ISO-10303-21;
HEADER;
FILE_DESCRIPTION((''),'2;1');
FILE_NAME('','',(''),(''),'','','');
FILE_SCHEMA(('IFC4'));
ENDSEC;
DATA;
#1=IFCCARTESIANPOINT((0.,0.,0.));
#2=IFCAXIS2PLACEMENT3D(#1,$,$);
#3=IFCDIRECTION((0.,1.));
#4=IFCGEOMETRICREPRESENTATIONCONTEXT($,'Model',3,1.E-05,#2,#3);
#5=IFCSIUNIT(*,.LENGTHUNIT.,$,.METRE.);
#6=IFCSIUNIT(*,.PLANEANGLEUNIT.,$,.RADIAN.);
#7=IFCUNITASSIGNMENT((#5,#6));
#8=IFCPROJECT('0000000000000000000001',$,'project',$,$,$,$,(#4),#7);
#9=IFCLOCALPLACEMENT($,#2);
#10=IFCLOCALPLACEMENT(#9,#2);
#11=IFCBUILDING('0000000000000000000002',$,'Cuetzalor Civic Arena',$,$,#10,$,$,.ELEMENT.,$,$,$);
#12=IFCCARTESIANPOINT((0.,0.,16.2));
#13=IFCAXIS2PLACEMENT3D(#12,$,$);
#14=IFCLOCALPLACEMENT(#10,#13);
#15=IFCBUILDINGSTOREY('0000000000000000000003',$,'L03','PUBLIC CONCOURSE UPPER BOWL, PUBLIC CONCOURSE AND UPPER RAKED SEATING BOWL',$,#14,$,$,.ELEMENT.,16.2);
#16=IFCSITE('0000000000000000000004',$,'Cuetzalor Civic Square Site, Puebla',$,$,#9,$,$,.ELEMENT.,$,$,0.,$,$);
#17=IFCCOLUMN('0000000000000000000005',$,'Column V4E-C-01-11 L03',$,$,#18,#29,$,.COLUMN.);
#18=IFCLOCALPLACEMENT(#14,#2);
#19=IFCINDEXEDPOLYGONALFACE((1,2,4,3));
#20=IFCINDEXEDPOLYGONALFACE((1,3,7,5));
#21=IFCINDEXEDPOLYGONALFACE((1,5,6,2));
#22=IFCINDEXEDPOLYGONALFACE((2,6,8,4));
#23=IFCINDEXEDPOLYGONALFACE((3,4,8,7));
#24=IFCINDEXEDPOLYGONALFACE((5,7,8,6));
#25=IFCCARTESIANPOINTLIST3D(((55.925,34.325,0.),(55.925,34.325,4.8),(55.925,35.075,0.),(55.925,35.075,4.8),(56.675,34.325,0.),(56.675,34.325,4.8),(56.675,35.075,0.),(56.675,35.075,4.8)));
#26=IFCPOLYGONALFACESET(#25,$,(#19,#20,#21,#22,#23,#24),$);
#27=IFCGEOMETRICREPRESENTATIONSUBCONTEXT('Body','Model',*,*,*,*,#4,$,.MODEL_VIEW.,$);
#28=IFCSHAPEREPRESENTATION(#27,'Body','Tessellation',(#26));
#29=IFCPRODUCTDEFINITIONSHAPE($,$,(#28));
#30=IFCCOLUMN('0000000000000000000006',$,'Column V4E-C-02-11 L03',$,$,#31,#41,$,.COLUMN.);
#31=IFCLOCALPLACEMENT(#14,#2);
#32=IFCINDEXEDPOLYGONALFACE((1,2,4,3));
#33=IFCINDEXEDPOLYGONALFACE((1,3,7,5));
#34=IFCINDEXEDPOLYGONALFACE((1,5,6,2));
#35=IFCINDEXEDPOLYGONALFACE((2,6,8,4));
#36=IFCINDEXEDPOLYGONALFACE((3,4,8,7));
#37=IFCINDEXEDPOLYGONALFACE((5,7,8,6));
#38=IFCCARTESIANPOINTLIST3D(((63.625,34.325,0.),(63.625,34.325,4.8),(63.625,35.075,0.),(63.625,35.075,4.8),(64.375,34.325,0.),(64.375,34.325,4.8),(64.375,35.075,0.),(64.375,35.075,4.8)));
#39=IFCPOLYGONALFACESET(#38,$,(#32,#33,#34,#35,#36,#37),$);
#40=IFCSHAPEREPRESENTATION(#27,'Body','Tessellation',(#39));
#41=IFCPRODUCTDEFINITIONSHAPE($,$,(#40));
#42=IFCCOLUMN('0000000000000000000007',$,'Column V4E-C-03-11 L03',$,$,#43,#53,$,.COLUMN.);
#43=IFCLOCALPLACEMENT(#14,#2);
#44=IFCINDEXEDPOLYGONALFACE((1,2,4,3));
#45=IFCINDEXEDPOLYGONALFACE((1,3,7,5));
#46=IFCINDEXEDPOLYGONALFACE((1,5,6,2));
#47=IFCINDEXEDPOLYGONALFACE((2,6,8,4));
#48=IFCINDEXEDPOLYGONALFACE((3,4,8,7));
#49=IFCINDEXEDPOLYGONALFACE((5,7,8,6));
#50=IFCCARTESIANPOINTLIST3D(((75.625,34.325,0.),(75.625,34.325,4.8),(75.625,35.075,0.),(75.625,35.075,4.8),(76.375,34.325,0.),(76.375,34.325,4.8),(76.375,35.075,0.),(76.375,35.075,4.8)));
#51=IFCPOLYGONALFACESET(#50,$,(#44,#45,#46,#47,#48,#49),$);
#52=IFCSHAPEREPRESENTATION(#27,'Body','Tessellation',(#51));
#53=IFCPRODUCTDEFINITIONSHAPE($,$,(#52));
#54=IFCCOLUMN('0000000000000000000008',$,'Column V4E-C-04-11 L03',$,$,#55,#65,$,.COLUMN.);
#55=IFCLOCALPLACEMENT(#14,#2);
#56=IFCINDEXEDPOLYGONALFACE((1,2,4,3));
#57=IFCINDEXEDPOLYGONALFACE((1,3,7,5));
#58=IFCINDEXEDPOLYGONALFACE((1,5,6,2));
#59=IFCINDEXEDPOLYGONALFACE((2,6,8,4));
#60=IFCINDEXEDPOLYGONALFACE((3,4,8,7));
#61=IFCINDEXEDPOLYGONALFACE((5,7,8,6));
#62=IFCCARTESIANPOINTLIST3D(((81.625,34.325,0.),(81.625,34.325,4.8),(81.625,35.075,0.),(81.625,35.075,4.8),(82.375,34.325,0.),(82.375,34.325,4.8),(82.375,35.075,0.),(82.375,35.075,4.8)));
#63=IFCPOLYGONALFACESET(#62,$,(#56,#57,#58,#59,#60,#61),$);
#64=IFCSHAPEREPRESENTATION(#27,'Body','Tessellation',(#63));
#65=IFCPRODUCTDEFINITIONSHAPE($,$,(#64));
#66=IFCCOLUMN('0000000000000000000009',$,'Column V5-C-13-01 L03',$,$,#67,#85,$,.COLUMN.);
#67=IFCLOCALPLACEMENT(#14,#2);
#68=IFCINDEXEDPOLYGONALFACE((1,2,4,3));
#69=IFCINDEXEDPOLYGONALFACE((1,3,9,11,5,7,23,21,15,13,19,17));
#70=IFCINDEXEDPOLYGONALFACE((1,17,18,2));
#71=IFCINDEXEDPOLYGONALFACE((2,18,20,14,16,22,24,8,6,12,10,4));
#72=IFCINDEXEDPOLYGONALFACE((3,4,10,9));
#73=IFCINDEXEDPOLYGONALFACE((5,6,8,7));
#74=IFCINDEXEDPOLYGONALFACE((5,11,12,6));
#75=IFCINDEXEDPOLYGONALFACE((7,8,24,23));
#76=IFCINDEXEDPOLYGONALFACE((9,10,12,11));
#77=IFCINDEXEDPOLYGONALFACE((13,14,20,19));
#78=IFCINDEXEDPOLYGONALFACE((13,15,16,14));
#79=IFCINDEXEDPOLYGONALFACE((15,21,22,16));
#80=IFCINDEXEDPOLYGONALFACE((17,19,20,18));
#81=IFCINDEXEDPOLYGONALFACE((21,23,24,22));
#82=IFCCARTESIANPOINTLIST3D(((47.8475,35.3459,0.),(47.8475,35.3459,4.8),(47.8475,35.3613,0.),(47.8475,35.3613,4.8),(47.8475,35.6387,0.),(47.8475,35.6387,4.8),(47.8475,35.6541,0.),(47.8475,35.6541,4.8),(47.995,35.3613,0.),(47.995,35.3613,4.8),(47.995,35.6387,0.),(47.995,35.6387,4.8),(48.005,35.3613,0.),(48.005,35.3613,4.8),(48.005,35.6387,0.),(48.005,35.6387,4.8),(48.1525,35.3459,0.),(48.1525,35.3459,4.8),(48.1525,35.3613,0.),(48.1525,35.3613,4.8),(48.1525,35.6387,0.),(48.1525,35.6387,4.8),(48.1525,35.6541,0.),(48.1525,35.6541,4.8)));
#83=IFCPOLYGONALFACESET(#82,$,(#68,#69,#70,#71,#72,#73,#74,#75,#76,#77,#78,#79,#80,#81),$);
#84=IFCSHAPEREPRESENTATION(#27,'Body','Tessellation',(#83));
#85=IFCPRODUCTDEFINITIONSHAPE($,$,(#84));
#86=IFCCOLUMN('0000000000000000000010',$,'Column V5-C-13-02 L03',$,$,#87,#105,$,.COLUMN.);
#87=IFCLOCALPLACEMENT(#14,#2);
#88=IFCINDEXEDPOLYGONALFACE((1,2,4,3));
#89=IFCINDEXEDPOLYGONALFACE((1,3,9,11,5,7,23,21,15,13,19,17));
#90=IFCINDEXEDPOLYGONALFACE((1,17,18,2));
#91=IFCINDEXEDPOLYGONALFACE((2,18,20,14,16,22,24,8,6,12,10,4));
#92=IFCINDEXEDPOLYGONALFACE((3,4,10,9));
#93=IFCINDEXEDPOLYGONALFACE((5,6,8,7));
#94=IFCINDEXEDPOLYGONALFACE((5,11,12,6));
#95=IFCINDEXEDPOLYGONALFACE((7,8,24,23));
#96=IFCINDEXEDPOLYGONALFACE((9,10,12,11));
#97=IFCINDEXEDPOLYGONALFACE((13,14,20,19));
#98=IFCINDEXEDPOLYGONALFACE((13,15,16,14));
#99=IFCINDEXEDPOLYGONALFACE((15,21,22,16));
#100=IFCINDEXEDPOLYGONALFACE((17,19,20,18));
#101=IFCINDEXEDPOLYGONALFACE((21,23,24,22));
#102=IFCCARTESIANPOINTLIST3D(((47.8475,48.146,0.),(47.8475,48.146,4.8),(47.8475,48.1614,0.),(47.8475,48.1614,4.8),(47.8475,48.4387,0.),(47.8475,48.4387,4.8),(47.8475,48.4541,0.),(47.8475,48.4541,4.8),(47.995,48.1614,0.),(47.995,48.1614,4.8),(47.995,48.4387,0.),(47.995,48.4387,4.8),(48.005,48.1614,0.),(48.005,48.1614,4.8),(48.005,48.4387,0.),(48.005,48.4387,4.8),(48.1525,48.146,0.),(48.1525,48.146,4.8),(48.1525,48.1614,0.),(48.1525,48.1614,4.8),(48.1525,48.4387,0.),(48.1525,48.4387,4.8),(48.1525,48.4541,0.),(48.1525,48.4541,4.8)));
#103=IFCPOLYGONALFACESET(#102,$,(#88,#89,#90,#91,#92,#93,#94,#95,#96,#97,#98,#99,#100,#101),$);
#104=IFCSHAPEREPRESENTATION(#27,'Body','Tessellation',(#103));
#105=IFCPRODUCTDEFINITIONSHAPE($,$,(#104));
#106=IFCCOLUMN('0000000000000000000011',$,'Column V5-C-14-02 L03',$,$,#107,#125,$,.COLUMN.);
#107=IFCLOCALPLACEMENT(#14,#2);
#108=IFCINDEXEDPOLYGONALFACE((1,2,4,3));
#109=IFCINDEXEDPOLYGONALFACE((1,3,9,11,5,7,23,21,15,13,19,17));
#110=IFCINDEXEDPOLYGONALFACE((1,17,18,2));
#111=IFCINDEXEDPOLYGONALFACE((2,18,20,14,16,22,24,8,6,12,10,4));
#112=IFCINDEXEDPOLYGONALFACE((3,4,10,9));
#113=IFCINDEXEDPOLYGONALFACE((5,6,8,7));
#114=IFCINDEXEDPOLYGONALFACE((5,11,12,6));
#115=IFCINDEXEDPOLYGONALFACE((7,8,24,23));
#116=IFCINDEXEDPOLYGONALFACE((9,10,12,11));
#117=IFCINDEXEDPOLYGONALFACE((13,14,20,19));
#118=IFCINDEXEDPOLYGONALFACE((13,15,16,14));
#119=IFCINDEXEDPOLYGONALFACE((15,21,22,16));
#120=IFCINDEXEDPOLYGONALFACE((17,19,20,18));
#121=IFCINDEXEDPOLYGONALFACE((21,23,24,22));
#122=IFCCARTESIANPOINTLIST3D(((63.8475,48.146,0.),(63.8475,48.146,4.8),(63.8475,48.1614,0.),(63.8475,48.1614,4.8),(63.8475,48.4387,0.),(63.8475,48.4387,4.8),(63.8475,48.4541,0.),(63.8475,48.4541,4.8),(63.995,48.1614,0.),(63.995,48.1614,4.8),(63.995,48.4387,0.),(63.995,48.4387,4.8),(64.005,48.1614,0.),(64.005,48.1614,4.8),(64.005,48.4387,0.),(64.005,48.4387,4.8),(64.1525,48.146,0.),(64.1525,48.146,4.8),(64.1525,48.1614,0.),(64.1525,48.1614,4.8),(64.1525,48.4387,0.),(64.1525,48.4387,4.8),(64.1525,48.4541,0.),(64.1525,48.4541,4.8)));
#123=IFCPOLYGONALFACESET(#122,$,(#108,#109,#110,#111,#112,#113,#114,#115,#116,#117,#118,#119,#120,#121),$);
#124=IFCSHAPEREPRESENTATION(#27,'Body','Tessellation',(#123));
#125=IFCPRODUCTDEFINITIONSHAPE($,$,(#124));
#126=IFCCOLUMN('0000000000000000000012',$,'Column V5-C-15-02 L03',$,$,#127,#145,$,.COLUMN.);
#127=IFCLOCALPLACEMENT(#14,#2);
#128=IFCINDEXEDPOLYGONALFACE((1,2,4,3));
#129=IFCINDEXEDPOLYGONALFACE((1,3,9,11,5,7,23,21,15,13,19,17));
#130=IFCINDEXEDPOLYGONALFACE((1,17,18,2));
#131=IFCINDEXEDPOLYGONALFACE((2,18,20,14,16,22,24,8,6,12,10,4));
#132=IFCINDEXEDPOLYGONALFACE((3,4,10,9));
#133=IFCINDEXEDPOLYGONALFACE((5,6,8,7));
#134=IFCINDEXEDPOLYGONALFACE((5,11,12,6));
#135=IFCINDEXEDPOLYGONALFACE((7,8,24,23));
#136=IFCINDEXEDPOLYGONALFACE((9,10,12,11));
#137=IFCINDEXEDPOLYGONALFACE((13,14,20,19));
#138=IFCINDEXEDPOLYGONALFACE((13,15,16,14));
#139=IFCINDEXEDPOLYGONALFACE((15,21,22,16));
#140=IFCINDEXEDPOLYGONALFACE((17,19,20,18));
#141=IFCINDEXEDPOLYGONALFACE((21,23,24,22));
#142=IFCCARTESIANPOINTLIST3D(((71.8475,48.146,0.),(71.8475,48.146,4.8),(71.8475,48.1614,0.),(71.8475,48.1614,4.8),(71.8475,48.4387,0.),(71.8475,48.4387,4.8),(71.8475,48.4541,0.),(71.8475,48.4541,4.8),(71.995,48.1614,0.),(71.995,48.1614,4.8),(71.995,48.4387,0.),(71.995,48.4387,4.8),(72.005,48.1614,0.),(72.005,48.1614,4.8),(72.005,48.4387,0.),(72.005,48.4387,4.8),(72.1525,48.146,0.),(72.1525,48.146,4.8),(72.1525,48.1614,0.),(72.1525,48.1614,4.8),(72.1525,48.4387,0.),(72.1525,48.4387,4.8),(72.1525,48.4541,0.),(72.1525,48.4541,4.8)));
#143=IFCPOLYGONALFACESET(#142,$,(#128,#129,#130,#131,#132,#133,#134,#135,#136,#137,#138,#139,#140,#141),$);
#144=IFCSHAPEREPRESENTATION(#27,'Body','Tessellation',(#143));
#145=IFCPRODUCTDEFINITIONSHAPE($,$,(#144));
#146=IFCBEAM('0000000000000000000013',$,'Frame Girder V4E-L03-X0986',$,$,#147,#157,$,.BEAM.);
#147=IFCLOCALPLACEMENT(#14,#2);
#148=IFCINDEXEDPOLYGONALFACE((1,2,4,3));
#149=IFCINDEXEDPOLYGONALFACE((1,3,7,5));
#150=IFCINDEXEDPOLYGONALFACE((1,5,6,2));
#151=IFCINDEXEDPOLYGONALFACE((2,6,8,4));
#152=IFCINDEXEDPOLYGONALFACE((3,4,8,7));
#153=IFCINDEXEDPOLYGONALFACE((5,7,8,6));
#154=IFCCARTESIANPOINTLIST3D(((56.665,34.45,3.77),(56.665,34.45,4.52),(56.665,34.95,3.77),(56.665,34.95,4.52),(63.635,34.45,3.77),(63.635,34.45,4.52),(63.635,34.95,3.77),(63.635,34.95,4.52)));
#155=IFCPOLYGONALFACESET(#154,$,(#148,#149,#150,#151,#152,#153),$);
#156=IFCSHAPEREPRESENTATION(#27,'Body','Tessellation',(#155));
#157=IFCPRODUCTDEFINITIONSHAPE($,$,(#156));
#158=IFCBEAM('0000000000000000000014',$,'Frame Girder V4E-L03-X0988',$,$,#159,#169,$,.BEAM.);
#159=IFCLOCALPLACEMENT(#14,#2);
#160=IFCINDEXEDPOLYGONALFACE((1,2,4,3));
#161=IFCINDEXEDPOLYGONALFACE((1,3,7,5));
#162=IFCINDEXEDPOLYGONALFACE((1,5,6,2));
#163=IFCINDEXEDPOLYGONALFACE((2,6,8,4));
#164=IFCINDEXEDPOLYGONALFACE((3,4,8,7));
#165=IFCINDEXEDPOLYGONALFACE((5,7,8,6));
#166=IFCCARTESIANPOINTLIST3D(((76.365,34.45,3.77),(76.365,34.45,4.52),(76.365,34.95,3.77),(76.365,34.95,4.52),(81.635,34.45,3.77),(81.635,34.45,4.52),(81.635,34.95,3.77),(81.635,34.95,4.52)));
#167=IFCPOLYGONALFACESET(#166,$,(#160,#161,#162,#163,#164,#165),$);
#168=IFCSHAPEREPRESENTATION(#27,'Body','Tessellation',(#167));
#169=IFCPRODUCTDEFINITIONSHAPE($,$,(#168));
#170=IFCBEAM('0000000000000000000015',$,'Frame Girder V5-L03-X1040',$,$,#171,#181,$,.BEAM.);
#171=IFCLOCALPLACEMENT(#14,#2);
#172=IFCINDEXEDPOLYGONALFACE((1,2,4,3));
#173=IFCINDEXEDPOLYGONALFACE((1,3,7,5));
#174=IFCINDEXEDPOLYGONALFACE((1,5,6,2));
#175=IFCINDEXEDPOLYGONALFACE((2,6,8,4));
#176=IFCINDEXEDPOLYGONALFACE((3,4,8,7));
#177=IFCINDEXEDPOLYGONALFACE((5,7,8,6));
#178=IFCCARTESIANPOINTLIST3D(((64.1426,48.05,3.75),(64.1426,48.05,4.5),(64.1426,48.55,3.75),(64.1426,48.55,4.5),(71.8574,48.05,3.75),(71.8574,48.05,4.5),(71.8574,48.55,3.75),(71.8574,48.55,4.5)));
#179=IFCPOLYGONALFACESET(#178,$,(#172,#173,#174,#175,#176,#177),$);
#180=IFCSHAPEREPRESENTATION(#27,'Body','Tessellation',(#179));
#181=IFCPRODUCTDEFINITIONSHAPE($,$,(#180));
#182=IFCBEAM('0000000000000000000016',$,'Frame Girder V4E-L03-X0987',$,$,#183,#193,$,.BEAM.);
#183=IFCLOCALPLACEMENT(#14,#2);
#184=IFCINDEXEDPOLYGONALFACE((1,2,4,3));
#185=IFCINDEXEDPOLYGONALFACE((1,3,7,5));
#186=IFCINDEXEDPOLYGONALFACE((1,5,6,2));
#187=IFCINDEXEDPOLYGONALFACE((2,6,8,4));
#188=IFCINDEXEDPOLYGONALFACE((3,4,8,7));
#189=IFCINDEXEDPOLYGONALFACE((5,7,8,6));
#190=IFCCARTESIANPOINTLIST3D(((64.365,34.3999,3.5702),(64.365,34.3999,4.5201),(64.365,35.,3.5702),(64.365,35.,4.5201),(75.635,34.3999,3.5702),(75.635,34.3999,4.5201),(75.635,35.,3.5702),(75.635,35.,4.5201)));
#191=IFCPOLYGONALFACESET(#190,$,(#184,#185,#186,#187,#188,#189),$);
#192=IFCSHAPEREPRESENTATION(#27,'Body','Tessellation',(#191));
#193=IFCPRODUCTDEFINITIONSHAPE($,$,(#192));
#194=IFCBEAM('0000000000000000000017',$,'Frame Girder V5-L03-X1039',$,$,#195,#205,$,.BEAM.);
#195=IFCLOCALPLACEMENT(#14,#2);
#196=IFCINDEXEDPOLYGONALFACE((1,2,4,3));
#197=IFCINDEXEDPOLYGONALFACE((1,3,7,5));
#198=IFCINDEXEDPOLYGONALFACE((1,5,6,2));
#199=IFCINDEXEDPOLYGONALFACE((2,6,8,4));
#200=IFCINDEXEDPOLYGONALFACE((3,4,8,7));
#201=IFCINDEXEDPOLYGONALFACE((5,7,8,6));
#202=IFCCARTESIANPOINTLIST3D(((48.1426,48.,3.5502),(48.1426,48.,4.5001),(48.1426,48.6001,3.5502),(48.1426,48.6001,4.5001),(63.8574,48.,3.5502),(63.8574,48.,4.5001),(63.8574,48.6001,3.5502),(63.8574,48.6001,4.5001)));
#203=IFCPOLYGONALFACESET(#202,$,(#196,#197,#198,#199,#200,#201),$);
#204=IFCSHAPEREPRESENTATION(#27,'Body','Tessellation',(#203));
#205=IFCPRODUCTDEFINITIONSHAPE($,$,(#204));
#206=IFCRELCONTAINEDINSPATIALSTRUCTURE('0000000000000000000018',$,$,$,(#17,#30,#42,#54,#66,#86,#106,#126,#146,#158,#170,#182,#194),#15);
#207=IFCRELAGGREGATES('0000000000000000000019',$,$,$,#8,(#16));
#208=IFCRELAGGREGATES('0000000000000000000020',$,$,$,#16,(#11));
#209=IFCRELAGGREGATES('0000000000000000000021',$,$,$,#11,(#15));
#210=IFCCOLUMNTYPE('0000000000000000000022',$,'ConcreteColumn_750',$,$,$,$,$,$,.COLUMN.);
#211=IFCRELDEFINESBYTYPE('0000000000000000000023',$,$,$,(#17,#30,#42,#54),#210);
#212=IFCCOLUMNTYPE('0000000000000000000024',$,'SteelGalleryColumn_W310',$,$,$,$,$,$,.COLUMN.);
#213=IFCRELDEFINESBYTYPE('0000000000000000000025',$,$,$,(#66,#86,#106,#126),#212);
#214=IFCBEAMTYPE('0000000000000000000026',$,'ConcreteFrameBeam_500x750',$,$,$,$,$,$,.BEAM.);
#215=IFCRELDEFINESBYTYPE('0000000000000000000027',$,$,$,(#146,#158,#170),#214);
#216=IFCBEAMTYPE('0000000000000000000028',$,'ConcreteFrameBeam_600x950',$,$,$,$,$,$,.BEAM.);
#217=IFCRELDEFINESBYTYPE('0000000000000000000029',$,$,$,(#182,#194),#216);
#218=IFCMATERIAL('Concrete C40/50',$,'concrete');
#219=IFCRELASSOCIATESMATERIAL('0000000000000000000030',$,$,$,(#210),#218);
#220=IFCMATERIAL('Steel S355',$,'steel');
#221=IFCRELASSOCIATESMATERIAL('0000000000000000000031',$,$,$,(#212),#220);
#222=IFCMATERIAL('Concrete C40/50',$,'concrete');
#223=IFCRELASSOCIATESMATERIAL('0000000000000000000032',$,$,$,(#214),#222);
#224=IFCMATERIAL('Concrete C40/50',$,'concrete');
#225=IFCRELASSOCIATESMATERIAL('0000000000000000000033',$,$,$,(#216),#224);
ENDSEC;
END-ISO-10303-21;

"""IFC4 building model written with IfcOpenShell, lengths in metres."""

from ifc_helpers import new_model, si_unit, direction, frame, origin, origin_2d, place, context, subcontext, project, spatial, rectangle, i_section, extrude, material, material_profile, profile_set, type_object, element, save


model = new_model("IFC4")

# Units and contexts
model_context = context("Model", 3, precision=1e-05, world=origin(), true_north=direction((0.0, 1.0)))
body_context = subcontext(model_context, "Body", "Model", "MODEL_VIEW")
ifc_project = project(units=[si_unit("LENGTHUNIT", "METRE"), si_unit("PLANEANGLEUNIT", "RADIAN")], contexts=[model_context])

# Site, building, storey
site_placement = place(None, origin())
site = spatial("IfcSite", under=ifc_project, at=site_placement, Name="Cuetzalor Civic Square Site, Puebla", CompositionType="ELEMENT", RefElevation=0.0)
building_placement = place(site_placement, origin())
building = spatial("IfcBuilding", under=site, at=building_placement, Name="Cuetzalor Civic Arena", CompositionType="ELEMENT")
storey_placement = place(building_placement, frame((0.0, 0.0, 16.2)))
storey = spatial("IfcBuildingStorey", under=building, at=storey_placement, Name="L03", Description="PUBLIC CONCOURSE UPPER BOWL, PUBLIC CONCOURSE AND UPPER RAKED SEATING BOWL", CompositionType="ELEMENT", Elevation=16.2)

# Columns
ifc_material_1 = material(Name="Concrete C40/50", Category="concrete")
ifc_material_profile_1 = material_profile(ifc_material_1, rectangle(XDim=0.75, YDim=0.75, at=origin_2d()), Name="RC 750x750")
ifc_profile_set_1 = profile_set([ifc_material_profile_1], Name="Concrete C40/50")
column_type_1 = type_object("IfcColumnType", Name="ConcreteColumn_750", PredefinedType="COLUMN", material=ifc_profile_set_1)
for number, where, z_axis, x_axis, name in (
    (1, (56.3, 34.7, 0.0), (0.0, 0.0, 1.0), (1.0, 0.0, 0.0), "Column V4E-C-01-11 L03"),
    (2, (64.0, 34.7, 0.0), (0.0, 0.0, 1.0), (1.0, 0.0, 0.0), "Column V4E-C-02-11 L03"),
    (3, (76.0, 34.7, 0.0), (0.0, 0.0, 1.0), (1.0, 0.0, 0.0), "Column V4E-C-03-11 L03"),
    (4, (82.0, 34.7, 0.0), (0.0, 0.0, 1.0), (1.0, 0.0, 0.0), "Column V4E-C-04-11 L03"),
):
    element("IfcColumn", number, at=place(storey_placement, frame(where, z_axis=z_axis, x_axis=x_axis)), inside=storey, type_object=column_type_1, Name=name, PredefinedType="COLUMN", context=body_context, shape_type="SweptSolid", body=[
        extrude(rectangle(XDim=0.75, YDim=0.75, at=origin_2d()), origin(), (0.0, 0.0, 1.0), 4.8),
    ])
ifc_material_2 = material(Name="Steel S355", Category="steel")
ifc_material_profile_2 = material_profile(ifc_material_2, i_section(OverallWidth=0.3049, OverallDepth=0.3081, WebThickness=0.01, FlangeThickness=0.0154, at=origin_2d()), Name="W310x97")
ifc_profile_set_2 = profile_set([ifc_material_profile_2], Name="Steel S355")
column_type_2 = type_object("IfcColumnType", Name="SteelGalleryColumn_W310", PredefinedType="COLUMN", material=ifc_profile_set_2)
for number, where, z_axis, x_axis, name in (
    (5, (48.0, 35.5, 0.0), (0.0, 0.0, 1.0), (1.0, 0.0, 0.0), "Column V5-C-13-01 L03"),
    (6, (48.0, 48.3, 0.0), (0.0, 0.0, 1.0), (1.0, 0.0, 0.0), "Column V5-C-13-02 L03"),
    (7, (64.0, 48.3, 0.0), (0.0, 0.0, 1.0), (1.0, 0.0, 0.0), "Column V5-C-14-02 L03"),
    (8, (72.0, 48.3, 0.0), (0.0, 0.0, 1.0), (1.0, 0.0, 0.0), "Column V5-C-15-02 L03"),
):
    element("IfcColumn", number, at=place(storey_placement, frame(where, z_axis=z_axis, x_axis=x_axis)), inside=storey, type_object=column_type_2, Name=name, PredefinedType="COLUMN", context=body_context, shape_type="SweptSolid", body=[
        extrude(i_section(OverallWidth=0.3049, OverallDepth=0.3081, WebThickness=0.01, FlangeThickness=0.0154, at=origin_2d()), origin(), (0.0, 0.0, 1.0), 4.8),
    ])

# Beams
ifc_material_3 = material(Name="Concrete C40/50", Category="concrete")
ifc_material_profile_3 = material_profile(ifc_material_3, rectangle(XDim=0.5, YDim=0.75, at=origin_2d()), Name="RC 500x750")
ifc_profile_set_3 = profile_set([ifc_material_profile_3], Name="Concrete C40/50")
beam_type_1 = type_object("IfcBeamType", Name="ConcreteFrameBeam_500x750", PredefinedType="BEAM", material=ifc_profile_set_3)
beam_1_placement = place(storey_placement, frame((56.665, 34.7, 4.145), z_axis=(1.0, 0.0, 0.0), x_axis=(0.0, 1.0, 0.0)))
element("IfcBeam", 9, at=beam_1_placement, inside=storey, type_object=beam_type_1, Name="Frame Girder V4E-L03-X0986", PredefinedType="BEAM", context=body_context, shape_type="SweptSolid", body=[
    extrude(rectangle(XDim=0.5, YDim=0.75, at=origin_2d()), origin(), (0.0, 0.0, 1.0), 6.97),
])
beam_2_placement = place(storey_placement, frame((76.365, 34.7, 4.145), z_axis=(1.0, 0.0, 0.0), x_axis=(0.0, 1.0, 0.0)))
element("IfcBeam", 10, at=beam_2_placement, inside=storey, type_object=beam_type_1, Name="Frame Girder V4E-L03-X0988", PredefinedType="BEAM", context=body_context, shape_type="SweptSolid", body=[
    extrude(rectangle(XDim=0.5, YDim=0.75, at=origin_2d()), origin(), (0.0, 0.0, 1.0), 5.27),
])
beam_3_placement = place(storey_placement, frame((64.1426, 48.3, 4.125), z_axis=(1.0, 0.0, 0.0), x_axis=(0.0, 1.0, 0.0)))
element("IfcBeam", 11, at=beam_3_placement, inside=storey, type_object=beam_type_1, Name="Frame Girder V5-L03-X1040", PredefinedType="BEAM", context=body_context, shape_type="SweptSolid", body=[
    extrude(rectangle(XDim=0.5, YDim=0.75, at=origin_2d()), origin(), (0.0, 0.0, 1.0), 7.7148),
])
ifc_material_4 = material(Name="Concrete C40/50", Category="concrete")
ifc_material_profile_4 = material_profile(ifc_material_4, rectangle(XDim=0.6001, YDim=0.95, at=origin_2d()), Name="RC 600x950")
ifc_profile_set_4 = profile_set([ifc_material_profile_4], Name="Concrete C40/50")
beam_type_2 = type_object("IfcBeamType", Name="ConcreteFrameBeam_600x950", PredefinedType="BEAM", material=ifc_profile_set_4)
beam_4_placement = place(storey_placement, frame((64.365, 34.7, 4.0452), z_axis=(1.0, 0.0, 0.0), x_axis=(0.0, 1.0, 0.0)))
element("IfcBeam", 12, at=beam_4_placement, inside=storey, type_object=beam_type_2, Name="Frame Girder V4E-L03-X0987", PredefinedType="BEAM", context=body_context, shape_type="SweptSolid", body=[
    extrude(rectangle(XDim=0.6001, YDim=0.95, at=origin_2d()), origin(), (0.0, 0.0, 1.0), 11.27),
])
beam_5_placement = place(storey_placement, frame((48.1426, 48.3, 4.0251), z_axis=(1.0, 0.0, 0.0), x_axis=(0.0, 1.0, 0.0)))
element("IfcBeam", 13, at=beam_5_placement, inside=storey, type_object=beam_type_2, Name="Frame Girder V5-L03-X1039", PredefinedType="BEAM", context=body_context, shape_type="SweptSolid", body=[
    extrude(rectangle(XDim=0.6001, YDim=0.95, at=origin_2d()), origin(), (0.0, 0.0, 1.0), 15.7148),
])

save(model, "model.ifc")
